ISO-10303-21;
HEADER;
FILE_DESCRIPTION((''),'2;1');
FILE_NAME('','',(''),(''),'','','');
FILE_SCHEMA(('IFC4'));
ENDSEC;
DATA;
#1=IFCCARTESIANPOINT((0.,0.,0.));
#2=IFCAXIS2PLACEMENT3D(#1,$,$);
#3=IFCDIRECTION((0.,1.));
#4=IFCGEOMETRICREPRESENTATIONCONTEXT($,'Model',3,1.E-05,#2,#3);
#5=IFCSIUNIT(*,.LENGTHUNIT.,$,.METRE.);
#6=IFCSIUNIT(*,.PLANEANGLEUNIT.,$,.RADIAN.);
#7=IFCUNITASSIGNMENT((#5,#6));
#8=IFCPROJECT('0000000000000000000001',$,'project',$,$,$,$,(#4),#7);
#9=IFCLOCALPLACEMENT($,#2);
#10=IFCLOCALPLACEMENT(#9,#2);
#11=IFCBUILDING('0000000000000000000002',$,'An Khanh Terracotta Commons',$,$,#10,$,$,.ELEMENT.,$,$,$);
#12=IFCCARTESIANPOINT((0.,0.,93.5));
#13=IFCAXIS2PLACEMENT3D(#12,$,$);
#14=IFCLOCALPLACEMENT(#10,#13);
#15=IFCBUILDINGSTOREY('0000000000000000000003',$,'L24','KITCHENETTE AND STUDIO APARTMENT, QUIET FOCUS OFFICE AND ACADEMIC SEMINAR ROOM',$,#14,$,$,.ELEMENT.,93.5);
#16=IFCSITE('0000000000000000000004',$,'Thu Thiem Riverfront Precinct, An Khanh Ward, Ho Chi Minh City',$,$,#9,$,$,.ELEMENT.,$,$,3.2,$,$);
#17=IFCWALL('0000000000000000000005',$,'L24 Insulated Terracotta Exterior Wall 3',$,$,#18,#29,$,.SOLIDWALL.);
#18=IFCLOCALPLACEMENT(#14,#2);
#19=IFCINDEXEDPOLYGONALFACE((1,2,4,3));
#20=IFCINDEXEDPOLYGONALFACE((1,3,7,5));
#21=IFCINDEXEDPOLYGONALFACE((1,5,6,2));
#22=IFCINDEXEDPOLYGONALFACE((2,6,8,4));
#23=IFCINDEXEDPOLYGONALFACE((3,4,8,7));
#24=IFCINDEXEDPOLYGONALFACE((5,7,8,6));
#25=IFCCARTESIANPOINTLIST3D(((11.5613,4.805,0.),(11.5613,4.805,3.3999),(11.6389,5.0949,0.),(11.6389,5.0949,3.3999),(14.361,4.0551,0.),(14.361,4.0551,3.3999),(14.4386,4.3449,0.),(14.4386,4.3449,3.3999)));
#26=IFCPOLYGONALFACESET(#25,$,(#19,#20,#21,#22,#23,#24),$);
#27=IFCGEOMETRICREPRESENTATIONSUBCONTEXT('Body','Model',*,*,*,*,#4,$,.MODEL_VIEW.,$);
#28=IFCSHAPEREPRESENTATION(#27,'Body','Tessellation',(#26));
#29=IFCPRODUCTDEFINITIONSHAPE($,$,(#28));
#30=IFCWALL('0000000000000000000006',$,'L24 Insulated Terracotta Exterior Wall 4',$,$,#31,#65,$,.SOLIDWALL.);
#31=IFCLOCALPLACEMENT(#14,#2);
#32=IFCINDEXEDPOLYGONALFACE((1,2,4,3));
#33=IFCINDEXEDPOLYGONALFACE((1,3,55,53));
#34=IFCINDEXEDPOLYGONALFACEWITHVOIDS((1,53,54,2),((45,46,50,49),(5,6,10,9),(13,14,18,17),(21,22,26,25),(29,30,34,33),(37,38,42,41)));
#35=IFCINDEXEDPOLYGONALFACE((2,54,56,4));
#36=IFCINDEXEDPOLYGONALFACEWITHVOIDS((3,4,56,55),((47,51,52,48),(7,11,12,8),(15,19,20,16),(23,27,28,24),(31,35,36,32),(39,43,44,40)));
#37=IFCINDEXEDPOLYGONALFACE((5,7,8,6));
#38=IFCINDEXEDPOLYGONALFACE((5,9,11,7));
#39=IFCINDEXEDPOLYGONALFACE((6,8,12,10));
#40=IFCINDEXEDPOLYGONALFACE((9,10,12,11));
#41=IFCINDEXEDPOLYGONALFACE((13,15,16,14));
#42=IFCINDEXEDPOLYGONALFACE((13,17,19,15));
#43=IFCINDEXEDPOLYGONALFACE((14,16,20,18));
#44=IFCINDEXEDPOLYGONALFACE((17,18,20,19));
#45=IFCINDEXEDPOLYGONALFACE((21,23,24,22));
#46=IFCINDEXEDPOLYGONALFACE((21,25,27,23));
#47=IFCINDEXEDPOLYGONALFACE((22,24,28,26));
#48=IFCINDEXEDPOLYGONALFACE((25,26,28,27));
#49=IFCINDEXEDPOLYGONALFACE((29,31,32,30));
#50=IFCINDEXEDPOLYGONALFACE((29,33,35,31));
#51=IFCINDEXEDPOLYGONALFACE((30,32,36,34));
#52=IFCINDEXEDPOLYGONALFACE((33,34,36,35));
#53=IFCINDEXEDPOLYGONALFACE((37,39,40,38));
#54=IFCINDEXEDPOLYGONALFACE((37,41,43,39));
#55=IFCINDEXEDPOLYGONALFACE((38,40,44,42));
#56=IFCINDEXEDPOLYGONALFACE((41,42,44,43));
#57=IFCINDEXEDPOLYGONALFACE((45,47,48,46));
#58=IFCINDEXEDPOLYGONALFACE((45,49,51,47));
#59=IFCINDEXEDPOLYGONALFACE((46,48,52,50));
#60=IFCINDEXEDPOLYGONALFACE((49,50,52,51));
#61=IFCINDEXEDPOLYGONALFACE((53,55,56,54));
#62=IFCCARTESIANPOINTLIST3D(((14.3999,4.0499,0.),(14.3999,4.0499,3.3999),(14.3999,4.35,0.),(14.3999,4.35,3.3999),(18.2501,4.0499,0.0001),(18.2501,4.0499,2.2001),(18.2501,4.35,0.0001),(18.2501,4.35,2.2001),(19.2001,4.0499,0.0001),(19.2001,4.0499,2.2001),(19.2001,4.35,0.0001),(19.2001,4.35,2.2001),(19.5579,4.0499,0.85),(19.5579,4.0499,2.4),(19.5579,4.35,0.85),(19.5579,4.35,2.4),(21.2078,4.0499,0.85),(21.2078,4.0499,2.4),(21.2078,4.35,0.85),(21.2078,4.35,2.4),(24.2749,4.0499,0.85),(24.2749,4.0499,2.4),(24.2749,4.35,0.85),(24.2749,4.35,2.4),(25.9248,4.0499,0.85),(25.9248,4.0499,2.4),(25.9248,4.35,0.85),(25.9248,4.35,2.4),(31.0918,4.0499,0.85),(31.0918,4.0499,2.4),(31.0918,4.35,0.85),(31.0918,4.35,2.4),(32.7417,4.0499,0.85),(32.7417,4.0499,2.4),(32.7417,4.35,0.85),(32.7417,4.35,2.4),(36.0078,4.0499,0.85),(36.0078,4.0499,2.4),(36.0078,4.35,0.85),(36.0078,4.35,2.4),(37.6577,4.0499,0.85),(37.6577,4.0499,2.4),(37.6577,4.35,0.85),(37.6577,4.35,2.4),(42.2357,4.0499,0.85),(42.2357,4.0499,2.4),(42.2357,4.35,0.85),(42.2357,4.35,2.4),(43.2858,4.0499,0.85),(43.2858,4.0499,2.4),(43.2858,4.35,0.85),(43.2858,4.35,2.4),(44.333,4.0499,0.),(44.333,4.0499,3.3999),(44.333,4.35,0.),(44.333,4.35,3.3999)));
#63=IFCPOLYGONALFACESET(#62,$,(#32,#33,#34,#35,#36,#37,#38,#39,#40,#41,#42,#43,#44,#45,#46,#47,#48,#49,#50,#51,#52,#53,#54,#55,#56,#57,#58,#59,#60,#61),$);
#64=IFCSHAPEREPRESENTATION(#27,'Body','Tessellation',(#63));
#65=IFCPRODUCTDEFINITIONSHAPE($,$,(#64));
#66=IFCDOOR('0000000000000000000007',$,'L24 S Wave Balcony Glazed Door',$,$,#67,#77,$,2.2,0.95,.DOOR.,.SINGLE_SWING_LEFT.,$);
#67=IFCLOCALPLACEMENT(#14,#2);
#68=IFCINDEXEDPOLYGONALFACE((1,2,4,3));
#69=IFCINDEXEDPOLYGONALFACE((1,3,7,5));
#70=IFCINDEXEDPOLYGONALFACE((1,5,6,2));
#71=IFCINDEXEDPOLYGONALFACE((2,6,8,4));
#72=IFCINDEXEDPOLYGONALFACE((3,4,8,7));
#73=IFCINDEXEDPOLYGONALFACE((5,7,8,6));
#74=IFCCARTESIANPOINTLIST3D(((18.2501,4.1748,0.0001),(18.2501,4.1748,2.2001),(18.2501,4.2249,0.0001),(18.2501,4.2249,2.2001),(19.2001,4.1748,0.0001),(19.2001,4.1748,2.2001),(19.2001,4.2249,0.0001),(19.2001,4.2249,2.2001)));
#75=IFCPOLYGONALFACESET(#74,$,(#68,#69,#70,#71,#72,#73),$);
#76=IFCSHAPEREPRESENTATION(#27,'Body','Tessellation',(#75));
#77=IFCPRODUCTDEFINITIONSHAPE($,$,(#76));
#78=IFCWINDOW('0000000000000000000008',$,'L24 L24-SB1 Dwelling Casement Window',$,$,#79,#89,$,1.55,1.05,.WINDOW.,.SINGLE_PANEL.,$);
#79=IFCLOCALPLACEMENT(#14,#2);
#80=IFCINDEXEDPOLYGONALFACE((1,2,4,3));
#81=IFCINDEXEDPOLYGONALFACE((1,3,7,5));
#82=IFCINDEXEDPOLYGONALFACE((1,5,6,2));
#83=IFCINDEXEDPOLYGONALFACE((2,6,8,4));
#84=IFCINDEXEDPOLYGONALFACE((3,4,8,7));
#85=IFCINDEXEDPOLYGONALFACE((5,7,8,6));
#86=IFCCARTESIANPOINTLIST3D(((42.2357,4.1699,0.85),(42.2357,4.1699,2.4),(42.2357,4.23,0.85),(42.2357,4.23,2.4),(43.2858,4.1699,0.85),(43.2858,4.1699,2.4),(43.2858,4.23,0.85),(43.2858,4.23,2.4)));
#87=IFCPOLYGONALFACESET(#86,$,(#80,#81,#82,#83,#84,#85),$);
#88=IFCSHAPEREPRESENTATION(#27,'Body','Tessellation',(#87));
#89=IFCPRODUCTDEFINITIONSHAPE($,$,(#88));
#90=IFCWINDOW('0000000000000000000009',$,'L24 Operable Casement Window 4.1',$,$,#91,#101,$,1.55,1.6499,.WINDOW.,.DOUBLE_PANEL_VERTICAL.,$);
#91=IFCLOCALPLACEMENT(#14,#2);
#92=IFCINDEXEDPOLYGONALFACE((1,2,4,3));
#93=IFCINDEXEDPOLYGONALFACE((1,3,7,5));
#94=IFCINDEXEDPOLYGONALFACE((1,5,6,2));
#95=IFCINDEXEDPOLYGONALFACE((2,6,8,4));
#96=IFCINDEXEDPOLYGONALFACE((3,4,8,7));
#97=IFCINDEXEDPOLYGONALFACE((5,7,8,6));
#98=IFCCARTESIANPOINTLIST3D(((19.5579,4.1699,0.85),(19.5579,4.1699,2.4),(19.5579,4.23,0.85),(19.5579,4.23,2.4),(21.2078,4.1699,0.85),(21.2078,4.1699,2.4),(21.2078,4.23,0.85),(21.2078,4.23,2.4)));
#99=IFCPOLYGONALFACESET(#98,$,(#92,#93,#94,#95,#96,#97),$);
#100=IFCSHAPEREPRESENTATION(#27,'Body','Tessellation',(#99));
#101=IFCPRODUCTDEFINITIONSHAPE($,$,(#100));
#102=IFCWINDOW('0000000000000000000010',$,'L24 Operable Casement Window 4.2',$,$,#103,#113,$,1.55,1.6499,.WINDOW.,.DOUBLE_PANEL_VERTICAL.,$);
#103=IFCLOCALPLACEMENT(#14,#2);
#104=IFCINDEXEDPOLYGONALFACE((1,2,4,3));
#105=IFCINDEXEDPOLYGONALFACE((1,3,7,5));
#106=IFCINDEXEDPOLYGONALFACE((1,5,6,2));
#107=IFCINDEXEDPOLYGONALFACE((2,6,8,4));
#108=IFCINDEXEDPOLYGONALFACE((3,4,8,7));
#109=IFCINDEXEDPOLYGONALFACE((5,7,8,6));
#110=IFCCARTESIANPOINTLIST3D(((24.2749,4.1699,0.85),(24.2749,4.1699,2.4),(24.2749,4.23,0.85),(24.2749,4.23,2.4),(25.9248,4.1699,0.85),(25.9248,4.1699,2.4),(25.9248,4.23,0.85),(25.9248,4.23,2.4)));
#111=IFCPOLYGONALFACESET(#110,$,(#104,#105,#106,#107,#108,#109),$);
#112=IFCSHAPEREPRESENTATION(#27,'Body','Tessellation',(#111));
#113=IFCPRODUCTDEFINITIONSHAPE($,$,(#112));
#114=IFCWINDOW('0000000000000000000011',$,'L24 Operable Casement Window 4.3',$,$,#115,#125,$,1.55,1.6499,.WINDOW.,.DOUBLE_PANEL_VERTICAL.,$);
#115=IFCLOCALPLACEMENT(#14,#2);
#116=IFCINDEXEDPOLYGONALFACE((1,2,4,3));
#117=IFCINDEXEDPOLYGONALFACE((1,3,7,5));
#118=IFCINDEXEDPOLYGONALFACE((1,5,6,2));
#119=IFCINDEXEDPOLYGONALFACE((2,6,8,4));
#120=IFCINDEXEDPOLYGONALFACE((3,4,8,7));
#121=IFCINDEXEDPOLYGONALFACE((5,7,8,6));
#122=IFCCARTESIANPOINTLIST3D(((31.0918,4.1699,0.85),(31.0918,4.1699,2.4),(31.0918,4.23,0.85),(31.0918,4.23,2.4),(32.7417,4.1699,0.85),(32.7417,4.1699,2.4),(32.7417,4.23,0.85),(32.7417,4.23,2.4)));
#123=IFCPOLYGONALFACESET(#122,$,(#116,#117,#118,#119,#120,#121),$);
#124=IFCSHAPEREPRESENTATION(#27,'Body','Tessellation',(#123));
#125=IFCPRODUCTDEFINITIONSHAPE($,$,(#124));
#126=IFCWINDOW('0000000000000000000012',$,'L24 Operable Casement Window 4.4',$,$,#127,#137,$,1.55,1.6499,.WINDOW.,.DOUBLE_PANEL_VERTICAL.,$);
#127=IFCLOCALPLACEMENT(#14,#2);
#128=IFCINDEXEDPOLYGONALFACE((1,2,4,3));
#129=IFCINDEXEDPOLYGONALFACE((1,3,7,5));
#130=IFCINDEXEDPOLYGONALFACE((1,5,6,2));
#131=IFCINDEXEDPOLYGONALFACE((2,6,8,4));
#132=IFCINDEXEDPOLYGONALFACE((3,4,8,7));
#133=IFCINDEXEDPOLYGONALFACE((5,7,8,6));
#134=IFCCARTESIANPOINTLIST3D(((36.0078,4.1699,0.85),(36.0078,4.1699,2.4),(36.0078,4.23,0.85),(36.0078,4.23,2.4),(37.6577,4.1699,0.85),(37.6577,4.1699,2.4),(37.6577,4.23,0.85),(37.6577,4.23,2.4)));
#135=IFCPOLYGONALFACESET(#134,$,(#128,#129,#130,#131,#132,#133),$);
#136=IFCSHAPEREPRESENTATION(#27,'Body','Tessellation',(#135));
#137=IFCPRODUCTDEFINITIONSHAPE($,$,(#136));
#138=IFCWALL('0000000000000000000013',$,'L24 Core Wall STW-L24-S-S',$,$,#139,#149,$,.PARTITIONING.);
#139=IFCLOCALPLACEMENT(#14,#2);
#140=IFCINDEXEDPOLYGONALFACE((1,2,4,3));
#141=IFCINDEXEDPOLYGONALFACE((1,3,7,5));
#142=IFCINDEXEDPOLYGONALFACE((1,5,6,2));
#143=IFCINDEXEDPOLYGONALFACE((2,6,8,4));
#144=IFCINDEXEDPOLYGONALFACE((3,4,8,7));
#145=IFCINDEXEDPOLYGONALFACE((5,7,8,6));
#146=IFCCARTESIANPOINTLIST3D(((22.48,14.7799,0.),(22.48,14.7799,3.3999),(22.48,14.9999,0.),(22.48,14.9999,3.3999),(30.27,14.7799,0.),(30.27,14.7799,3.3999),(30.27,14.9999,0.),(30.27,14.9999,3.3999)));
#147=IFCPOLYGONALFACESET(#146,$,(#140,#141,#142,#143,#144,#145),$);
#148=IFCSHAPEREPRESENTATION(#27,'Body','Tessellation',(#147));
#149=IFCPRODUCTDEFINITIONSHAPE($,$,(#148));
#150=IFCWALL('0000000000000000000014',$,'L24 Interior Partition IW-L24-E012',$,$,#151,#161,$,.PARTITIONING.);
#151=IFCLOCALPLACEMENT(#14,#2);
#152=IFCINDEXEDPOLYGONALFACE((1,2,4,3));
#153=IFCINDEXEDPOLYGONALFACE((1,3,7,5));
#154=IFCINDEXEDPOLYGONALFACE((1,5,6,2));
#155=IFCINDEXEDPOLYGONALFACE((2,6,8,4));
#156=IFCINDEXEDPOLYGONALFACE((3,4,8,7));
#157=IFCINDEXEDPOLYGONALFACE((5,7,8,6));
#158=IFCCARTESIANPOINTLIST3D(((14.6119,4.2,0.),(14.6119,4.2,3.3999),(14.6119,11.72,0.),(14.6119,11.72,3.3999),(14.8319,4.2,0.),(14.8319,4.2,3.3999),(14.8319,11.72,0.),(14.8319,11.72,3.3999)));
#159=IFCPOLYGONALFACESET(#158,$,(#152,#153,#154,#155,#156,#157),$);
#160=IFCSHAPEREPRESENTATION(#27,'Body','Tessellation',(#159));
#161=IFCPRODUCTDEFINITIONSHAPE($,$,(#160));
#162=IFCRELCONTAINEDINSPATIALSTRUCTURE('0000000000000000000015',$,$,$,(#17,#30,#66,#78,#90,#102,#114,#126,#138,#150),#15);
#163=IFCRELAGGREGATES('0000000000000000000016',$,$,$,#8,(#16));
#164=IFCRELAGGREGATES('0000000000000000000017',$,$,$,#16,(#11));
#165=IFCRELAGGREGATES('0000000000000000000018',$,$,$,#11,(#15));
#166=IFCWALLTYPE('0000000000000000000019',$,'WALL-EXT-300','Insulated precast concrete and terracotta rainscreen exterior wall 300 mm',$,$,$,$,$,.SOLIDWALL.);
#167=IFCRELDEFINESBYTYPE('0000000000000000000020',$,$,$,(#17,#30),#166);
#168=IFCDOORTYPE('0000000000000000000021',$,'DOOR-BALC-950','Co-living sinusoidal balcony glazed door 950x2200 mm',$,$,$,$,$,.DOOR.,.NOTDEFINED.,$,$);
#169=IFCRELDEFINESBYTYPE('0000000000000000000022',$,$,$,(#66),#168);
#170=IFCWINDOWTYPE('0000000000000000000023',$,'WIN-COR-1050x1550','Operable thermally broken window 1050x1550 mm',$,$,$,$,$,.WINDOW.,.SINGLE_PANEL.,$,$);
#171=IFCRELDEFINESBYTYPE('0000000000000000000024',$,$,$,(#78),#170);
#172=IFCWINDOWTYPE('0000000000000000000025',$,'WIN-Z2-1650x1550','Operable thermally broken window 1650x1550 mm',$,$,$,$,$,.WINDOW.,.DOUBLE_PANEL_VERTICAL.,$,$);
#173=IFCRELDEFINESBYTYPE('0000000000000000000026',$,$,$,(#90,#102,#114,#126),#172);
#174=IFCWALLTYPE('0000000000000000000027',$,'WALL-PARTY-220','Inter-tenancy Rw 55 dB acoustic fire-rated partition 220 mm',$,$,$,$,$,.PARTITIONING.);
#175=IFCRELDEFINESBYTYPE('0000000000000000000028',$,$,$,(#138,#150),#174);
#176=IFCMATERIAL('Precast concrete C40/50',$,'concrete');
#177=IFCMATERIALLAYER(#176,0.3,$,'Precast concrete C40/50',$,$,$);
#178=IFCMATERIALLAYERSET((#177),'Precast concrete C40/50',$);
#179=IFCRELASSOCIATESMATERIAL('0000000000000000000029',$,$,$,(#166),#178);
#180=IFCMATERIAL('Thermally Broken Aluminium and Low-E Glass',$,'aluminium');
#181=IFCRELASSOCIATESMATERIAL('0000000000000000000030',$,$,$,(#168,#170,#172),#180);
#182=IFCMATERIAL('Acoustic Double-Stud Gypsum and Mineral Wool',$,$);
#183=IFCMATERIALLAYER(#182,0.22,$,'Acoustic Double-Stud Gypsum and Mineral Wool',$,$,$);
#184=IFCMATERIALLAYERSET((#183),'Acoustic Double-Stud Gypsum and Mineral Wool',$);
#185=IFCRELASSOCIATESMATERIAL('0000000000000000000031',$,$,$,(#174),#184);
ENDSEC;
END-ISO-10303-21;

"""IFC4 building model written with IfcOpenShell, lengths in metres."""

from ifc_helpers import new_model, si_unit, direction, frame, frame_2d, origin, place, context, subcontext, project, spatial, rectangle, extrude, material, layer, layer_set, type_object, element, fill, save


model = new_model("IFC4")

# Units and contexts
model_context = context("Model", 3, precision=1e-05, world=origin(), true_north=direction((0.0, 1.0)))
body_context = subcontext(model_context, "Body", "Model", "MODEL_VIEW")
ifc_project = project(units=[si_unit("LENGTHUNIT", "METRE"), si_unit("PLANEANGLEUNIT", "RADIAN")], contexts=[model_context])

# Site, building, storey
site_placement = place(None, origin())
site = spatial("IfcSite", under=ifc_project, at=site_placement, Name="Thu Thiem Riverfront Precinct, An Khanh Ward, Ho Chi Minh City", CompositionType="ELEMENT", RefElevation=3.2)
building_placement = place(site_placement, origin())
building = spatial("IfcBuilding", under=site, at=building_placement, Name="An Khanh Terracotta Commons", CompositionType="ELEMENT")
storey_placement = place(building_placement, frame((0.0, 0.0, 93.5)))
storey = spatial("IfcBuildingStorey", under=building, at=storey_placement, Name="L24", Description="KITCHENETTE AND STUDIO APARTMENT, QUIET FOCUS OFFICE AND ACADEMIC SEMINAR ROOM", CompositionType="ELEMENT", Elevation=93.5)

# Wall
ifc_material_1 = material(Name="Precast concrete C40/50", Category="concrete")
ifc_layer_1 = layer(ifc_material_1, 0.3, Name="Precast concrete C40/50")
ifc_layer_set_1 = layer_set([ifc_layer_1], Name="Precast concrete C40/50")
wall_type_1 = type_object("IfcWallType", Name="WALL-EXT-300", Description="Insulated precast concrete and terracotta rainscreen exterior wall 300 mm", PredefinedType="SOLIDWALL", material=ifc_layer_set_1)
wall_1_placement = place(storey_placement, frame((11.6001, 4.95, 0.0), z_axis=(0.0, 0.0, 1.0), x_axis=(0.965944, -0.258753, 0.0)))
element("IfcWall", 1, at=wall_1_placement, inside=storey, type_object=wall_type_1, Name="L24 Insulated Terracotta Exterior Wall 3", PredefinedType="SOLIDWALL", context=body_context, shape_type="SweptSolid", body=[
    extrude(rectangle(XDim=2.8984, YDim=0.3, at=frame_2d((1.4492, 0.0))), origin(), (0.0, 0.0, 1.0), 3.3999),
])

# Wall, openings, door, windows
wall_2_placement = place(storey_placement, frame((14.3999, 4.2, 0.0), z_axis=(0.0, 0.0, 1.0), x_axis=(1.0, 0.0, 0.0)))
wall_2 = element("IfcWall", 2, at=wall_2_placement, inside=storey, type_object=wall_type_1, Name="L24 Insulated Terracotta Exterior Wall 4", PredefinedType="SOLIDWALL", context=body_context, shape_type="SweptSolid", body=[
    extrude(rectangle(XDim=29.9331, YDim=0.3, at=frame_2d((14.9666, 0.0))), origin(), (0.0, 0.0, 1.0), 3.3999),
])
opening_1_placement = place(wall_2_placement, frame((3.8501, 0.0, 0.0)))
opening_1 = element("IfcOpeningElement", 3, at=opening_1_placement, cuts=wall_2, PredefinedType="OPENING", context=body_context, shape_type="SweptSolid", body=[
    extrude(rectangle(XDim=0.95, YDim=2.2, at=frame_2d((0.4751, 1.1001))), frame((0.0, 0.1599, 0.0), z_axis=(0.0, -1.0, 0.0), x_axis=(1.0, 0.0, 0.0)), (0.0, 0.0, 1.0), 0.3201),
])
opening_2_placement = place(wall_2_placement, frame((5.158, 0.0, 0.8501)))
opening_2 = element("IfcOpeningElement", 4, at=opening_2_placement, cuts=wall_2, PredefinedType="OPENING", context=body_context, shape_type="SweptSolid", body=[
    extrude(rectangle(XDim=1.6499, YDim=1.55, at=frame_2d((0.825, 0.7749))), frame((0.0, 0.1599, 0.0), z_axis=(0.0, -1.0, 0.0), x_axis=(1.0, 0.0, 0.0)), (0.0, 0.0, 1.0), 0.3201),
])
opening_3_placement = place(wall_2_placement, frame((9.875, 0.0, 0.8501)))
opening_3 = element("IfcOpeningElement", 5, at=opening_3_placement, cuts=wall_2, PredefinedType="OPENING", context=body_context, shape_type="SweptSolid", body=[
    extrude(rectangle(XDim=1.6499, YDim=1.55, at=frame_2d((0.825, 0.7749))), frame((0.0, 0.1599, 0.0), z_axis=(0.0, -1.0, 0.0), x_axis=(1.0, 0.0, 0.0)), (0.0, 0.0, 1.0), 0.3201),
])
opening_4_placement = place(wall_2_placement, frame((16.6919, 0.0, 0.8501)))
opening_4 = element("IfcOpeningElement", 6, at=opening_4_placement, cuts=wall_2, PredefinedType="OPENING", context=body_context, shape_type="SweptSolid", body=[
    extrude(rectangle(XDim=1.6499, YDim=1.55, at=frame_2d((0.825, 0.7749))), frame((0.0, 0.1599, 0.0), z_axis=(0.0, -1.0, 0.0), x_axis=(1.0, 0.0, 0.0)), (0.0, 0.0, 1.0), 0.3201),
])
opening_5_placement = place(wall_2_placement, frame((21.6079, 0.0, 0.8501)))
opening_5 = element("IfcOpeningElement", 7, at=opening_5_placement, cuts=wall_2, PredefinedType="OPENING", context=body_context, shape_type="SweptSolid", body=[
    extrude(rectangle(XDim=1.6499, YDim=1.55, at=frame_2d((0.825, 0.7749))), frame((0.0, 0.1599, 0.0), z_axis=(0.0, -1.0, 0.0), x_axis=(1.0, 0.0, 0.0)), (0.0, 0.0, 1.0), 0.3201),
])
opening_6_placement = place(wall_2_placement, frame((27.8359, 0.0, 0.8501)))
opening_6 = element("IfcOpeningElement", 8, at=opening_6_placement, cuts=wall_2, PredefinedType="OPENING", context=body_context, shape_type="SweptSolid", body=[
    extrude(rectangle(XDim=1.05, YDim=1.55, at=frame_2d((0.5249, 0.7749))), frame((0.0, 0.1599, 0.0), z_axis=(0.0, -1.0, 0.0), x_axis=(1.0, 0.0, 0.0)), (0.0, 0.0, 1.0), 0.3201),
])
ifc_material_2 = material(Name="Thermally Broken Aluminium and Low-E Glass", Category="aluminium")
door_type_1 = type_object("IfcDoorType", Name="DOOR-BALC-950", Description="Co-living sinusoidal balcony glazed door 950x2200 mm", OperationType="NOTDEFINED", PredefinedType="DOOR", material=ifc_material_2)
door_1_placement = place(opening_1_placement, origin())
door_1 = element("IfcDoor", 9, at=door_1_placement, inside=storey, type_object=door_type_1, Name="L24 S Wave Balcony Glazed Door", OperationType="SINGLE_SWING_LEFT", OverallHeight=2.2, OverallWidth=0.95, PredefinedType="DOOR", context=body_context, shape_type="SweptSolid", body=[
    extrude(rectangle(XDim=0.95, YDim=2.2, at=frame_2d((0.4751, 1.1001))), frame((0.0, 0.0249, 0.0), z_axis=(0.0, -1.0, 0.0), x_axis=(1.0, 0.0, 0.0)), (0.0, 0.0, 1.0), 0.05),
])
fill(opening_1, door_1)
window_type_1 = type_object("IfcWindowType", Name="WIN-COR-1050x1550", Description="Operable thermally broken window 1050x1550 mm", PartitioningType="SINGLE_PANEL", PredefinedType="WINDOW", material=ifc_material_2)
window_1_placement = place(opening_6_placement, origin())
window_1 = element("IfcWindow", 10, at=window_1_placement, inside=storey, type_object=window_type_1, Name="L24 L24-SB1 Dwelling Casement Window", OverallHeight=1.55, OverallWidth=1.05, PartitioningType="SINGLE_PANEL", PredefinedType="WINDOW", context=body_context, shape_type="SweptSolid", body=[
    extrude(rectangle(XDim=1.05, YDim=1.55, at=frame_2d((0.5249, 0.7749))), frame((0.0, 0.03, 0.0), z_axis=(0.0, -1.0, 0.0), x_axis=(1.0, 0.0, 0.0)), (0.0, 0.0, 1.0), 0.0601),
])
fill(opening_6, window_1)
window_type_2 = type_object("IfcWindowType", Name="WIN-Z2-1650x1550", Description="Operable thermally broken window 1650x1550 mm", PartitioningType="DOUBLE_PANEL_VERTICAL", PredefinedType="WINDOW", material=ifc_material_2)
window_2_placement = place(opening_2_placement, origin())
window_2 = element("IfcWindow", 11, at=window_2_placement, inside=storey, type_object=window_type_2, Name="L24 Operable Casement Window 4.1", OverallHeight=1.55, OverallWidth=1.6499, PartitioningType="DOUBLE_PANEL_VERTICAL", PredefinedType="WINDOW", context=body_context, shape_type="SweptSolid", body=[
    extrude(rectangle(XDim=1.6499, YDim=1.55, at=frame_2d((0.825, 0.7749))), frame((0.0, 0.03, 0.0), z_axis=(0.0, -1.0, 0.0), x_axis=(1.0, 0.0, 0.0)), (0.0, 0.0, 1.0), 0.0601),
])
fill(opening_2, window_2)
window_3_placement = place(opening_3_placement, origin())
window_3 = element("IfcWindow", 12, at=window_3_placement, inside=storey, type_object=window_type_2, Name="L24 Operable Casement Window 4.2", OverallHeight=1.55, OverallWidth=1.6499, PartitioningType="DOUBLE_PANEL_VERTICAL", PredefinedType="WINDOW", context=body_context, shape_type="SweptSolid", body=[
    extrude(rectangle(XDim=1.6499, YDim=1.55, at=frame_2d((0.825, 0.7749))), frame((0.0, 0.03, 0.0), z_axis=(0.0, -1.0, 0.0), x_axis=(1.0, 0.0, 0.0)), (0.0, 0.0, 1.0), 0.0601),
])
fill(opening_3, window_3)
window_4_placement = place(opening_4_placement, origin())
window_4 = element("IfcWindow", 13, at=window_4_placement, inside=storey, type_object=window_type_2, Name="L24 Operable Casement Window 4.3", OverallHeight=1.55, OverallWidth=1.6499, PartitioningType="DOUBLE_PANEL_VERTICAL", PredefinedType="WINDOW", context=body_context, shape_type="SweptSolid", body=[
    extrude(rectangle(XDim=1.6499, YDim=1.55, at=frame_2d((0.825, 0.7749))), frame((0.0, 0.03, 0.0), z_axis=(0.0, -1.0, 0.0), x_axis=(1.0, 0.0, 0.0)), (0.0, 0.0, 1.0), 0.0601),
])
fill(opening_4, window_4)
window_5_placement = place(opening_5_placement, origin())
window_5 = element("IfcWindow", 14, at=window_5_placement, inside=storey, type_object=window_type_2, Name="L24 Operable Casement Window 4.4", OverallHeight=1.55, OverallWidth=1.6499, PartitioningType="DOUBLE_PANEL_VERTICAL", PredefinedType="WINDOW", context=body_context, shape_type="SweptSolid", body=[
    extrude(rectangle(XDim=1.6499, YDim=1.55, at=frame_2d((0.825, 0.7749))), frame((0.0, 0.03, 0.0), z_axis=(0.0, -1.0, 0.0), x_axis=(1.0, 0.0, 0.0)), (0.0, 0.0, 1.0), 0.0601),
])
fill(opening_5, window_5)

# Walls
ifc_material_3 = material(Name="Acoustic Double-Stud Gypsum and Mineral Wool")
ifc_layer_2 = layer(ifc_material_3, 0.22, Name="Acoustic Double-Stud Gypsum and Mineral Wool")
ifc_layer_set_2 = layer_set([ifc_layer_2], Name="Acoustic Double-Stud Gypsum and Mineral Wool")
wall_type_2 = type_object("IfcWallType", Name="WALL-PARTY-220", Description="Inter-tenancy Rw 55 dB acoustic fire-rated partition 220 mm", PredefinedType="PARTITIONING", material=ifc_layer_set_2)
wall_3_placement = place(storey_placement, frame((22.48, 14.8899, 0.0), z_axis=(0.0, 0.0, 1.0), x_axis=(1.0, 0.0, 0.0)))
element("IfcWall", 15, at=wall_3_placement, inside=storey, type_object=wall_type_2, Name="L24 Core Wall STW-L24-S-S", PredefinedType="PARTITIONING", context=body_context, shape_type="SweptSolid", body=[
    extrude(rectangle(XDim=7.79, YDim=0.22, at=frame_2d((3.895, 0.0))), origin(), (0.0, 0.0, 1.0), 3.3999),
])
wall_4_placement = place(storey_placement, frame((14.7219, 4.2, 0.0), z_axis=(0.0, 0.0, 1.0), x_axis=(0.0, 1.0, 0.0)))
element("IfcWall", 16, at=wall_4_placement, inside=storey, type_object=wall_type_2, Name="L24 Interior Partition IW-L24-E012", PredefinedType="PARTITIONING", context=body_context, shape_type="SweptSolid", body=[
    extrude(rectangle(XDim=7.52, YDim=0.22, at=frame_2d((3.76, 0.0))), origin(), (0.0, 0.0, 1.0), 3.3999),
])

save(model, "model.ifc")
